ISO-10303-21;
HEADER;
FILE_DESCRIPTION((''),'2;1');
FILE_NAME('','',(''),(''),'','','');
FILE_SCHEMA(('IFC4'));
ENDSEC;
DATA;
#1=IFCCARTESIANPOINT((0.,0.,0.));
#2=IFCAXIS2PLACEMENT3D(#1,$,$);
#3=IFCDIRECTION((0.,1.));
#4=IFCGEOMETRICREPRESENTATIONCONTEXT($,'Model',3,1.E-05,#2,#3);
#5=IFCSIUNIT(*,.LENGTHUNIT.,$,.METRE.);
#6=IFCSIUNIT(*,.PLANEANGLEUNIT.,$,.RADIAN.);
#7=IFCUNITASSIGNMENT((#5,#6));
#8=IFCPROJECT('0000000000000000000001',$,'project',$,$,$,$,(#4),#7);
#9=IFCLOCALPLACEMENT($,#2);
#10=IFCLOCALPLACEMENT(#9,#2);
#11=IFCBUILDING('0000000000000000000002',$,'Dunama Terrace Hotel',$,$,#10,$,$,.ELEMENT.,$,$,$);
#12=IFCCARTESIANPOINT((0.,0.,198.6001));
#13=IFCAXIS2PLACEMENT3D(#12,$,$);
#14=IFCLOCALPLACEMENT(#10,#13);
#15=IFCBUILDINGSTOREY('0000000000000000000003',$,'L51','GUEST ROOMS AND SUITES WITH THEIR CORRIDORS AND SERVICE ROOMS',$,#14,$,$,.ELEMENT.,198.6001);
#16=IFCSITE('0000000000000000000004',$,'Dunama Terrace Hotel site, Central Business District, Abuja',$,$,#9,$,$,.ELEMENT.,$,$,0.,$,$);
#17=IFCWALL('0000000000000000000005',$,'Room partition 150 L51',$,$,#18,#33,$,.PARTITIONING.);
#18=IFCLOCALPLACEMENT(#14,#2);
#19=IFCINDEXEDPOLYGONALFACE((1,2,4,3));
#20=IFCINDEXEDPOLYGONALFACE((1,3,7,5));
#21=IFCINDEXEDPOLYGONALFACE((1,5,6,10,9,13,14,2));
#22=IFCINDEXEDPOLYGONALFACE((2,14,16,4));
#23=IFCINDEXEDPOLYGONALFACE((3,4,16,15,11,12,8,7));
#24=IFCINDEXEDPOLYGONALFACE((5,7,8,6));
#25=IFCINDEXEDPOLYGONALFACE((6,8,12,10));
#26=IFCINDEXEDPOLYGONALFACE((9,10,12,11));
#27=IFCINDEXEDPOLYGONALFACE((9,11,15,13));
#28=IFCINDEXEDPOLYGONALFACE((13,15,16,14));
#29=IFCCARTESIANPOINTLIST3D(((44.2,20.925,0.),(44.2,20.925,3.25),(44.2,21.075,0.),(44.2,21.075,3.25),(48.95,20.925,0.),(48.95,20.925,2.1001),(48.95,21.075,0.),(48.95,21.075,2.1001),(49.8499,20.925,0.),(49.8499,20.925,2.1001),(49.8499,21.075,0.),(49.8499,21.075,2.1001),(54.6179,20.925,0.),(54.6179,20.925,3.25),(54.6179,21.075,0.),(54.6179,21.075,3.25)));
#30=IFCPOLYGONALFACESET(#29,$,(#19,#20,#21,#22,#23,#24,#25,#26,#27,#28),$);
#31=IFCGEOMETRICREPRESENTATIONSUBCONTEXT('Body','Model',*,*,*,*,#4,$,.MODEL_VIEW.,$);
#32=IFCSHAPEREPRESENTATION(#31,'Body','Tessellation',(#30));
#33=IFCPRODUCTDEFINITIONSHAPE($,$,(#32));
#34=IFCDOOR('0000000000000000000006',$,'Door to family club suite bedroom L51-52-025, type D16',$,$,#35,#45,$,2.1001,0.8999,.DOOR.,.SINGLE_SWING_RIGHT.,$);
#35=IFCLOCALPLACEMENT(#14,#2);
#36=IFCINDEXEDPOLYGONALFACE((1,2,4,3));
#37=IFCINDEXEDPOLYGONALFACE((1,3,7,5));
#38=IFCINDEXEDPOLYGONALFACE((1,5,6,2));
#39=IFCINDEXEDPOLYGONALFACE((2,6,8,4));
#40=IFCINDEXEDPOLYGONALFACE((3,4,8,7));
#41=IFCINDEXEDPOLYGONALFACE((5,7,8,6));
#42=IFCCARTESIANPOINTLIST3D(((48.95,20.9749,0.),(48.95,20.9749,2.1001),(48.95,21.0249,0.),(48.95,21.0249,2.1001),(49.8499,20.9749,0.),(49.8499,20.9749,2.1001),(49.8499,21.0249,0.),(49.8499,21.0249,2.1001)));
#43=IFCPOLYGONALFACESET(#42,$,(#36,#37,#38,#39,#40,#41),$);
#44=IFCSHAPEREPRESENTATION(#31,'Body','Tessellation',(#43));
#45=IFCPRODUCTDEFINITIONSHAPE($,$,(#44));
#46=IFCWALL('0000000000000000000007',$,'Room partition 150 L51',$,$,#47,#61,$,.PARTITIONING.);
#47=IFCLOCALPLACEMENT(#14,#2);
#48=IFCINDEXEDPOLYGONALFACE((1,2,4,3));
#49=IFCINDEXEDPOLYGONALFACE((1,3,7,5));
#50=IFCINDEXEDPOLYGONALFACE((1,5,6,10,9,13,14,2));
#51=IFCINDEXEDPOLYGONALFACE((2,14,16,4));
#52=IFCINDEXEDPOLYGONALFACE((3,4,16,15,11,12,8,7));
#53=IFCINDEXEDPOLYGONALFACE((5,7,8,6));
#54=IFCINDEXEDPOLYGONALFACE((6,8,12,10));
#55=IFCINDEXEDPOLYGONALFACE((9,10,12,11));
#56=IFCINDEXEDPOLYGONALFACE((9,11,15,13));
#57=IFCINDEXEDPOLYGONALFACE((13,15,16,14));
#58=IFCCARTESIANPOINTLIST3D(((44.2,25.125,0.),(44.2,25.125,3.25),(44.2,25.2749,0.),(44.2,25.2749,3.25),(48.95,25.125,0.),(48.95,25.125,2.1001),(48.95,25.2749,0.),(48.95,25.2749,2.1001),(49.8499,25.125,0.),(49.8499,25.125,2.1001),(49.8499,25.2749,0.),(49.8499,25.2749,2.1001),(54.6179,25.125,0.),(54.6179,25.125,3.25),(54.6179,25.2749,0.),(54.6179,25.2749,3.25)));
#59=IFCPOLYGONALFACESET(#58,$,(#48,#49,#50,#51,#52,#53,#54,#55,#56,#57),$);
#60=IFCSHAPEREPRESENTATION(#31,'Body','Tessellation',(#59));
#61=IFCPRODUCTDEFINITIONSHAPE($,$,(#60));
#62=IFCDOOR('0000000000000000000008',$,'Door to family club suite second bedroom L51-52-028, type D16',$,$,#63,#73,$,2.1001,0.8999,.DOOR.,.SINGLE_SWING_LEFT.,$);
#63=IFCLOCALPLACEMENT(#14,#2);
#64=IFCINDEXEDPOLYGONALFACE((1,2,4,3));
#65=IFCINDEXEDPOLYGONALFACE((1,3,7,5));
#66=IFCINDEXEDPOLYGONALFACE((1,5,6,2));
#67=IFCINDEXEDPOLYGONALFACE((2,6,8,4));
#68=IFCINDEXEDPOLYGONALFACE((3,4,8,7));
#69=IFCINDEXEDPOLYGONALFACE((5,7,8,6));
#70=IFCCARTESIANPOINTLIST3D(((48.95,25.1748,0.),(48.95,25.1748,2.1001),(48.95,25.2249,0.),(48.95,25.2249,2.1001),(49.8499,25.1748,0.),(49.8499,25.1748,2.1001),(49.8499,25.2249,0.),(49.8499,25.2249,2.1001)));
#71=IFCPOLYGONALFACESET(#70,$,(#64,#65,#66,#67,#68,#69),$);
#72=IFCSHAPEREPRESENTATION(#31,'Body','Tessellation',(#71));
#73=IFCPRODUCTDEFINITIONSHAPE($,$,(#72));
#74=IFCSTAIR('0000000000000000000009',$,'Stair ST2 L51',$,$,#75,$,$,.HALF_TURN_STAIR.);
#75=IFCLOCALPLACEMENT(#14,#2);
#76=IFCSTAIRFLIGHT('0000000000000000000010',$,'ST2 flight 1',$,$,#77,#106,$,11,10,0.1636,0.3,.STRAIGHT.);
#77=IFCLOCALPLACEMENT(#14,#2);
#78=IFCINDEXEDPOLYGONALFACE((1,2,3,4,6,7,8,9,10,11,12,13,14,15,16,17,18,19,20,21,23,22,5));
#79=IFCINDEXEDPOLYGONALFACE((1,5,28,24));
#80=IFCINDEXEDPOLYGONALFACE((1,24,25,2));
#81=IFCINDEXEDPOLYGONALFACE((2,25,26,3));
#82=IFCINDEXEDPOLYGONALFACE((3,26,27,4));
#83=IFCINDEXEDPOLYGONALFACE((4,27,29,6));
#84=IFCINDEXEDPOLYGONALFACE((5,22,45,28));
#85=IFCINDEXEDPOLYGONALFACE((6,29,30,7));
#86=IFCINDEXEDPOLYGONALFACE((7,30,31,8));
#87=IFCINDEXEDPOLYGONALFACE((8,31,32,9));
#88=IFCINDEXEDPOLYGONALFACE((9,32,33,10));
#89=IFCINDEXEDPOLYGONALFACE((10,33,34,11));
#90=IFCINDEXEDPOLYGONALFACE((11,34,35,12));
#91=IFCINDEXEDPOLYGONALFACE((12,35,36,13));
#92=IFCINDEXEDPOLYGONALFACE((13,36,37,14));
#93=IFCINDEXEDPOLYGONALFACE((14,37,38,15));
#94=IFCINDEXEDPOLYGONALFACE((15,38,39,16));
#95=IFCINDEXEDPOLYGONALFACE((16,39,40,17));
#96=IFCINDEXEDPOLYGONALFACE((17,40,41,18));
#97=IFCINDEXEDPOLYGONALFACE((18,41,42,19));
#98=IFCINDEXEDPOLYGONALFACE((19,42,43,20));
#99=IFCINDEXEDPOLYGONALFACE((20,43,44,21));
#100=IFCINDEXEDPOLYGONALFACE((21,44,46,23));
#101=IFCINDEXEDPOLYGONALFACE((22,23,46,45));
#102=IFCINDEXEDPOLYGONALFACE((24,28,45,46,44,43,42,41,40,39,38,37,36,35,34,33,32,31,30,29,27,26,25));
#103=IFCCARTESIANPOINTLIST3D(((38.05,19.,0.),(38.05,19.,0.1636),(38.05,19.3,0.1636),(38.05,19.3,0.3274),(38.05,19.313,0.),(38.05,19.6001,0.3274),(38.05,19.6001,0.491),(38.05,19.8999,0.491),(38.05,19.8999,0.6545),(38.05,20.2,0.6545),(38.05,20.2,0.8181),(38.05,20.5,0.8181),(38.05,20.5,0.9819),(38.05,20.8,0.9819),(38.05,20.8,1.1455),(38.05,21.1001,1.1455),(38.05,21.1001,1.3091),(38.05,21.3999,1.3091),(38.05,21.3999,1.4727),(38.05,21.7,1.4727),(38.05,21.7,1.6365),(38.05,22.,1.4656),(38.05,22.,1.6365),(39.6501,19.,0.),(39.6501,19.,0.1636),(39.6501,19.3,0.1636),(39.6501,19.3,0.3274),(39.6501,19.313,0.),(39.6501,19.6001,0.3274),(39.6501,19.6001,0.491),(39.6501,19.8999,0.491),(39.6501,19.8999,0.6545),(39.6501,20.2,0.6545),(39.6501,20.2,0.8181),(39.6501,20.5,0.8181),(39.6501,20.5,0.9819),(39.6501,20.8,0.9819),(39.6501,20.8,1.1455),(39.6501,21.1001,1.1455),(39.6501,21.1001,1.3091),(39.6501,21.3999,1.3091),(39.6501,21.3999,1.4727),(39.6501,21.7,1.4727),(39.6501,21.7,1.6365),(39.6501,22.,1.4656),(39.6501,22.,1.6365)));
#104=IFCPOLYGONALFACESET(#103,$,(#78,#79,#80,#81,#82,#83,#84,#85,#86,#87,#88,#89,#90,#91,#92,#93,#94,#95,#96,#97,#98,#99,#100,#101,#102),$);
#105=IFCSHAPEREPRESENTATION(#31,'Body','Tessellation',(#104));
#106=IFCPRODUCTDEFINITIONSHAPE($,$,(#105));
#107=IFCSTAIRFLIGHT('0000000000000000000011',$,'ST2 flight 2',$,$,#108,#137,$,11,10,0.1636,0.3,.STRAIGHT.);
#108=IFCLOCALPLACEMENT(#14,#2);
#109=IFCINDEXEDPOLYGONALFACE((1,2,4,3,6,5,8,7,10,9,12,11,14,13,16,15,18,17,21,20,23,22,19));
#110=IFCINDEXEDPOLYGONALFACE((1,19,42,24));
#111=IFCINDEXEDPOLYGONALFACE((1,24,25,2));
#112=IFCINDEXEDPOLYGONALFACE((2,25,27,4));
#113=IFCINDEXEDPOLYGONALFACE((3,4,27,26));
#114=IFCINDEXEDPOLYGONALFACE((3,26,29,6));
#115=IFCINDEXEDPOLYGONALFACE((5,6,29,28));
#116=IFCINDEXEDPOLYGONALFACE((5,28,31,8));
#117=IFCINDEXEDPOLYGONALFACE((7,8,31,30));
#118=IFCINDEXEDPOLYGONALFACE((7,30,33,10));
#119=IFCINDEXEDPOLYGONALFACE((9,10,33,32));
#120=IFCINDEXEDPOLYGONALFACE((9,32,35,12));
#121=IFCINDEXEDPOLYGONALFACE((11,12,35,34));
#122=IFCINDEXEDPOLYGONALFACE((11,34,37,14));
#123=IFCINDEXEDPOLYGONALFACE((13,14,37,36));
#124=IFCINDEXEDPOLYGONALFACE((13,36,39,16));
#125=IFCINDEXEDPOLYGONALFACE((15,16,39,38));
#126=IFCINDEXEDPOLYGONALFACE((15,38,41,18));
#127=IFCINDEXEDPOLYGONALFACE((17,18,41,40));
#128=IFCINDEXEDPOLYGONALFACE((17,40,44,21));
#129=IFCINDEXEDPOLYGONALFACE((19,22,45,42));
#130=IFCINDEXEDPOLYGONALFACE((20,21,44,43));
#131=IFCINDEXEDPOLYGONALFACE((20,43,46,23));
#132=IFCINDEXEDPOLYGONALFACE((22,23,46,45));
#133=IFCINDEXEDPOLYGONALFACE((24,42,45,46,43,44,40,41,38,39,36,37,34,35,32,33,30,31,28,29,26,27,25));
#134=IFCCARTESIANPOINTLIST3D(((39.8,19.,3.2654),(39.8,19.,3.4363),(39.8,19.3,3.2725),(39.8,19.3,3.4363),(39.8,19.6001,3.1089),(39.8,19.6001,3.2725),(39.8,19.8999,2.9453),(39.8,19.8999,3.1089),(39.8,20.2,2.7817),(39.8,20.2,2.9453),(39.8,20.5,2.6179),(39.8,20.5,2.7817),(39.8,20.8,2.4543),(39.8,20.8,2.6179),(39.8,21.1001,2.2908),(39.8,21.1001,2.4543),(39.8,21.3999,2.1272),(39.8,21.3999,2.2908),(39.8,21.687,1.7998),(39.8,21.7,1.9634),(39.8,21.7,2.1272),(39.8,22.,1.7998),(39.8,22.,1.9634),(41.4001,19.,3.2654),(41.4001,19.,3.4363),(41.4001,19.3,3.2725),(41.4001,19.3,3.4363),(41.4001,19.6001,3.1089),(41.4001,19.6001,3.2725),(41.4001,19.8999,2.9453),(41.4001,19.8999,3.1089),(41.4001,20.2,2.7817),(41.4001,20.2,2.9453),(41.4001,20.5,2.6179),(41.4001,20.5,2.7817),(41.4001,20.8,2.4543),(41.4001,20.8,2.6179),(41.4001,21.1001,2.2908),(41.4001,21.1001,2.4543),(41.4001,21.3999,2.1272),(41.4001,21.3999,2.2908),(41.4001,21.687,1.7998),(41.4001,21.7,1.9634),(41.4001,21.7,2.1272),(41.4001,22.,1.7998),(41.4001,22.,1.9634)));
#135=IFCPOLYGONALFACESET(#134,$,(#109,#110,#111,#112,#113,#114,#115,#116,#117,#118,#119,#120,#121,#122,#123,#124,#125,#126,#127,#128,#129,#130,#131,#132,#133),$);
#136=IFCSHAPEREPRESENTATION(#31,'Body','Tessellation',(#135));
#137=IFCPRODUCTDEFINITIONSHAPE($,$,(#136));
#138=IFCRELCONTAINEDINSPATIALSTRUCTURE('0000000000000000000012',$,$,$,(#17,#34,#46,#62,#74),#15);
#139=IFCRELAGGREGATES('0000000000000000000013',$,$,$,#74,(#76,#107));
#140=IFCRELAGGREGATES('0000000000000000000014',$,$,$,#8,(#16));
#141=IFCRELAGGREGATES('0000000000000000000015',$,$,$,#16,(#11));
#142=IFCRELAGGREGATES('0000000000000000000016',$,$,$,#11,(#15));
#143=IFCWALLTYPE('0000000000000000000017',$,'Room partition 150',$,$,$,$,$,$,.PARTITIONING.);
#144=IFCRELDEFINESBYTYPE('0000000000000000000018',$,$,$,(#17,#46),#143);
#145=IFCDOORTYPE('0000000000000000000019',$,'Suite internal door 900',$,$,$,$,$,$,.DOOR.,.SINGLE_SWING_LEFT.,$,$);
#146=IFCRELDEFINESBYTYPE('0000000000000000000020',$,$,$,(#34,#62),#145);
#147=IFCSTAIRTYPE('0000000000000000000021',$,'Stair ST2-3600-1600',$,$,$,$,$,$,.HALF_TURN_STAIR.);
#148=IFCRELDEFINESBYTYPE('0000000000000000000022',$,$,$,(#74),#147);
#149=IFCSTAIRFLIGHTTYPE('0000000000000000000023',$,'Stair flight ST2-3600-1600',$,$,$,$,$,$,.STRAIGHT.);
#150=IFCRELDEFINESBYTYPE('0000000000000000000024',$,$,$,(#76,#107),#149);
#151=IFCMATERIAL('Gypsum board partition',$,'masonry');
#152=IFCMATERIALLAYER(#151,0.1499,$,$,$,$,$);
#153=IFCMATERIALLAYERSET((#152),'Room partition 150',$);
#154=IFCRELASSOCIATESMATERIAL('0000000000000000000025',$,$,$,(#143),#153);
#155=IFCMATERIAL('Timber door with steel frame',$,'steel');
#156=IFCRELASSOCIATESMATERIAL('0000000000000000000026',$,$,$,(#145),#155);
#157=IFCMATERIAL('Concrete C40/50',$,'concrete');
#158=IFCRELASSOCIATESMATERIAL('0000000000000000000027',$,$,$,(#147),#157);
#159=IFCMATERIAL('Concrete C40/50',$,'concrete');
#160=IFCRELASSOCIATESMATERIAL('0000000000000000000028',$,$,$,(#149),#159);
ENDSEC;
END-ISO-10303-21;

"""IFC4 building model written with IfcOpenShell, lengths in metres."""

from ifc_helpers import new_model, si_unit, direction, frame, frame_2d, origin, place, context, subcontext, project, spatial, polyline, rectangle, outline, extrude, material, layer, layer_set, type_object, element, fill, aggregate, save


model = new_model("IFC4")

# Units and contexts
model_context = context("Model", 3, precision=1e-05, world=origin(), true_north=direction((0.0, 1.0)))
body_context = subcontext(model_context, "Body", "Model", "MODEL_VIEW")
ifc_project = project(units=[si_unit("LENGTHUNIT", "METRE"), si_unit("PLANEANGLEUNIT", "RADIAN")], contexts=[model_context])

# Site, building, storey
site_placement = place(None, origin())
site = spatial("IfcSite", under=ifc_project, at=site_placement, Name="Dunama Terrace Hotel site, Central Business District, Abuja", CompositionType="ELEMENT", RefElevation=0.0)
building_placement = place(site_placement, origin())
building = spatial("IfcBuilding", under=site, at=building_placement, Name="Dunama Terrace Hotel", CompositionType="ELEMENT")
storey_placement = place(building_placement, frame((0.0, 0.0, 198.6001)))
storey = spatial("IfcBuildingStorey", under=building, at=storey_placement, Name="L51", Description="GUEST ROOMS AND SUITES WITH THEIR CORRIDORS AND SERVICE ROOMS", CompositionType="ELEMENT", Elevation=198.6001)

# Walls, openings, doors
ifc_material_1 = material(Name="Gypsum board partition", Category="masonry")
ifc_layer_1 = layer(ifc_material_1, 0.1499)
ifc_layer_set_1 = layer_set([ifc_layer_1], Name="Room partition 150")
wall_type_1 = type_object("IfcWallType", Name="Room partition 150", PredefinedType="PARTITIONING", material=ifc_layer_set_1)
wall_1_placement = place(storey_placement, frame((44.2, 21.0, 0.0), z_axis=(0.0, 0.0, 1.0), x_axis=(1.0, 0.0, 0.0)))
wall_1 = element("IfcWall", 1, at=wall_1_placement, inside=storey, type_object=wall_type_1, Name="Room partition 150 L51", PredefinedType="PARTITIONING", context=body_context, shape_type="SweptSolid", body=[
    extrude(rectangle(XDim=10.418, YDim=0.1499, at=frame_2d((5.209, 0.0))), origin(), (0.0, 0.0, 1.0), 3.25),
])
opening_1_placement = place(wall_1_placement, frame((4.75, 0.0, 0.0)))
opening_1 = element("IfcOpeningElement", 2, at=opening_1_placement, cuts=wall_1, PredefinedType="OPENING", context=body_context, shape_type="SweptSolid", body=[
    extrude(rectangle(XDim=0.8999, YDim=2.1001, at=frame_2d((0.45, 1.05))), frame((0.0, 0.085, 0.0), z_axis=(0.0, -1.0, 0.0), x_axis=(1.0, 0.0, 0.0)), (0.0, 0.0, 1.0), 0.1699),
])
ifc_material_2 = material(Name="Timber door with steel frame", Category="steel")
door_type_1 = type_object("IfcDoorType", Name="Suite internal door 900", OperationType="SINGLE_SWING_LEFT", PredefinedType="DOOR", material=ifc_material_2)
door_1_placement = place(opening_1_placement, frame((0.8999, 0.0, 0.0), z_axis=(0.0, 0.0, 1.0), x_axis=(-1.0, 0.0, 0.0)))
door_1 = element("IfcDoor", 3, at=door_1_placement, inside=storey, type_object=door_type_1, Name="Door to family club suite bedroom L51-52-025, type D16", OperationType="SINGLE_SWING_RIGHT", OverallHeight=2.1001, OverallWidth=0.8999, PredefinedType="DOOR", context=body_context, shape_type="SweptSolid", body=[
    extrude(rectangle(XDim=0.8999, YDim=2.1001, at=frame_2d((0.45, 1.05))), frame((0.0, 0.0251, 0.0), z_axis=(0.0, -1.0, 0.0), x_axis=(1.0, 0.0, 0.0)), (0.0, 0.0, 1.0), 0.05),
])
fill(opening_1, door_1)
wall_2_placement = place(storey_placement, frame((44.2, 25.2, 0.0), z_axis=(0.0, 0.0, 1.0), x_axis=(1.0, 0.0, 0.0)))
wall_2 = element("IfcWall", 4, at=wall_2_placement, inside=storey, type_object=wall_type_1, Name="Room partition 150 L51", PredefinedType="PARTITIONING", context=body_context, shape_type="SweptSolid", body=[
    extrude(rectangle(XDim=10.418, YDim=0.1499, at=frame_2d((5.209, 0.0))), origin(), (0.0, 0.0, 1.0), 3.25),
])
opening_2_placement = place(wall_2_placement, frame((4.75, 0.0, 0.0)))
opening_2 = element("IfcOpeningElement", 5, at=opening_2_placement, cuts=wall_2, PredefinedType="OPENING", context=body_context, shape_type="SweptSolid", body=[
    extrude(rectangle(XDim=0.8999, YDim=2.1001, at=frame_2d((0.45, 1.05))), frame((0.0, 0.085, 0.0), z_axis=(0.0, -1.0, 0.0), x_axis=(1.0, 0.0, 0.0)), (0.0, 0.0, 1.0), 0.1699),
])
door_2_placement = place(opening_2_placement, origin())
door_2 = element("IfcDoor", 6, at=door_2_placement, inside=storey, type_object=door_type_1, Name="Door to family club suite second bedroom L51-52-028, type D16", OperationType="SINGLE_SWING_LEFT", OverallHeight=2.1001, OverallWidth=0.8999, PredefinedType="DOOR", context=body_context, shape_type="SweptSolid", body=[
    extrude(rectangle(XDim=0.8999, YDim=2.1001, at=frame_2d((0.45, 1.05))), frame((0.0, 0.0249, 0.0), z_axis=(0.0, -1.0, 0.0), x_axis=(1.0, 0.0, 0.0)), (0.0, 0.0, 1.0), 0.05),
])
fill(opening_2, door_2)

# Stair, stair flights
ifc_material_3 = material(Name="Concrete C40/50", Category="concrete")
stair_type = type_object("IfcStairType", Name="Stair ST2-3600-1600", PredefinedType="HALF_TURN_STAIR", material=ifc_material_3)
stair_placement = place(storey_placement, origin())
stair = element("IfcStair", 7, at=stair_placement, inside=storey, type_object=stair_type, Name="Stair ST2 L51", PredefinedType="HALF_TURN_STAIR")
ifc_material_4 = material(Name="Concrete C40/50", Category="concrete")
stair_flight_type = type_object("IfcStairFlightType", Name="Stair flight ST2-3600-1600", PredefinedType="STRAIGHT", material=ifc_material_4)
stair_flight_1_placement = place(storey_placement, frame((38.8501, 19.0, 0.0), z_axis=(0.0, 0.0, 1.0), x_axis=(0.0, 1.0, 0.0)))
stair_flight_1 = element("IfcStairFlight", 8, at=stair_flight_1_placement, type_object=stair_flight_type, Name="ST2 flight 1", NumberOfRisers=11, NumberOfTreads=10, PredefinedType="STRAIGHT", RiserHeight=0.1636, TreadLength=0.3, context=body_context, shape_type="SweptSolid", body=[
    extrude(outline(polyline([(0.0, 0.0), (0.0, 0.1636), (0.3, 0.1636), (0.3, 0.3274), (0.6001, 0.3274), (0.6001, 0.491), (0.8999, 0.491), (0.8999, 0.6545), (1.2, 0.6545), (1.2, 0.8181), (1.5, 0.8181), (1.5, 0.9819), (1.8, 0.9819), (1.8, 1.1455), (2.1001, 1.1455), (2.1001, 1.3091), (2.3999, 1.3091), (2.3999, 1.4727), (2.7, 1.4727), (2.7, 1.6365), (3.0, 1.6365), (3.0, 1.8), (3.0, 1.4656), (0.313, 0.0), (0.0, 0.0)])), frame((0.0, 0.8, 0.0), z_axis=(0.0, -1.0, 0.0), x_axis=(1.0, 0.0, 0.0)), (0.0, 0.0, 1.0), 1.6001),
])
stair_flight_2_placement = place(storey_placement, frame((40.6001, 22.0, 1.7998), z_axis=(0.0, 0.0, 1.0), x_axis=(0.0, -1.0, 0.0)))
stair_flight_2 = element("IfcStairFlight", 9, at=stair_flight_2_placement, type_object=stair_flight_type, Name="ST2 flight 2", NumberOfRisers=11, NumberOfTreads=10, PredefinedType="STRAIGHT", RiserHeight=0.1636, TreadLength=0.3, context=body_context, shape_type="SweptSolid", body=[
    extrude(outline(polyline([(0.0, 0.0), (0.0, 0.1636), (0.3, 0.1636), (0.3, 0.3274), (0.6001, 0.3274), (0.6001, 0.491), (0.8999, 0.491), (0.8999, 0.6545), (1.2, 0.6545), (1.2, 0.8181), (1.5, 0.8181), (1.5, 0.9819), (1.8, 0.9819), (1.8, 1.1455), (2.1001, 1.1455), (2.1001, 1.3091), (2.3999, 1.3091), (2.3999, 1.4727), (2.7, 1.4727), (2.7, 1.6365), (3.0, 1.6365), (3.0, 1.8), (3.0, 1.4656), (0.313, 0.0), (0.0, 0.0)])), frame((0.0, 0.8, 0.0), z_axis=(0.0, -1.0, 0.0), x_axis=(1.0, 0.0, 0.0)), (0.0, 0.0, 1.0), 1.6001),
])
aggregate(stair, [stair_flight_1, stair_flight_2])

save(model, "model.ifc")
